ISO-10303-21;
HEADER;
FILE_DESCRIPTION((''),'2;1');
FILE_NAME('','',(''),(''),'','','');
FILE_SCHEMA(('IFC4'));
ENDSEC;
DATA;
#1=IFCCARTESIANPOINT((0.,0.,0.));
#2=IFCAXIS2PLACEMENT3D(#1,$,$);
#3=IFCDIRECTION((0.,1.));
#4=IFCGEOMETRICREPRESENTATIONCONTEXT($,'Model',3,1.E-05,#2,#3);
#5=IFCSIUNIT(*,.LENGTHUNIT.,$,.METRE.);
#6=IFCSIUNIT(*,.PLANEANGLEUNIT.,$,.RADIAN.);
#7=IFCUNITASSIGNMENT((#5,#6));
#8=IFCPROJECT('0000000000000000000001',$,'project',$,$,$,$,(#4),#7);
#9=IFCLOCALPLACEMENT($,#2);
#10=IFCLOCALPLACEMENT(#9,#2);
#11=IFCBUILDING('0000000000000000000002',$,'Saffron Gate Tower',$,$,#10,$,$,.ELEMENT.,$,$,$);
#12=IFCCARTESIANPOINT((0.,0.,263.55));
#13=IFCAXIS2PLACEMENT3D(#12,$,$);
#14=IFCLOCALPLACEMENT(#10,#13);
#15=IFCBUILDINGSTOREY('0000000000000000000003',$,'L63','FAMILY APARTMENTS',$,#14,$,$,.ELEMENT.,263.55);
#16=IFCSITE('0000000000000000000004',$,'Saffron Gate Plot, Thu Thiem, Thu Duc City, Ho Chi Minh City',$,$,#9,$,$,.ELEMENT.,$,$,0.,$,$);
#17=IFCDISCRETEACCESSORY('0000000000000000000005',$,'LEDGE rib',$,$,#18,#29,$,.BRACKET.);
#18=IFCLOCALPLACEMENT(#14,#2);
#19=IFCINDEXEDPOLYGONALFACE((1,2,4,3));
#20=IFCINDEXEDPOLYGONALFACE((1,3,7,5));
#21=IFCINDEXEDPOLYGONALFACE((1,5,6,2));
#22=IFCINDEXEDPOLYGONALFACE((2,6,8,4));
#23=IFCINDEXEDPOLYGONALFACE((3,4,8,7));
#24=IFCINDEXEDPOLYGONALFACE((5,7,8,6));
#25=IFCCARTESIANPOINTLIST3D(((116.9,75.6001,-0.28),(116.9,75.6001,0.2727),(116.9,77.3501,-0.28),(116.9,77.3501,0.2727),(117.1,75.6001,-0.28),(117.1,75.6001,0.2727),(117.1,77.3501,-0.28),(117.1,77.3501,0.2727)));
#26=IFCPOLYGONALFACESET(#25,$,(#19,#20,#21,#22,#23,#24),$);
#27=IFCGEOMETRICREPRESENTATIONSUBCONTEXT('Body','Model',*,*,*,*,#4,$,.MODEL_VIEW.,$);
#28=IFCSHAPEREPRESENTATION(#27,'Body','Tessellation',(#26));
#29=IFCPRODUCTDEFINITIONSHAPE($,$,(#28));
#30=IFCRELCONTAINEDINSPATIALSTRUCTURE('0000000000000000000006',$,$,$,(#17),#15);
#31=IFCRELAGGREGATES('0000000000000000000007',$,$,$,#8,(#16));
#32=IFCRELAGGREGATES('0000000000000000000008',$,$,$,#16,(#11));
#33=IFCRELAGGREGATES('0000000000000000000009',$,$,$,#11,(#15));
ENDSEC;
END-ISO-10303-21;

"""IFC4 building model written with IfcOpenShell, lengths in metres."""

from ifc_helpers import new_model, si_unit, direction, frame, origin, origin_2d, place, context, subcontext, project, spatial, rectangle, extrude, element, save


model = new_model("IFC4")

# Units and contexts
model_context = context("Model", 3, precision=1e-05, world=origin(), true_north=direction((0.0, 1.0)))
body_context = subcontext(model_context, "Body", "Model", "MODEL_VIEW")
ifc_project = project(units=[si_unit("LENGTHUNIT", "METRE"), si_unit("PLANEANGLEUNIT", "RADIAN")], contexts=[model_context])

# Site, building, storey
site_placement = place(None, origin())
site = spatial("IfcSite", under=ifc_project, at=site_placement, Name="Saffron Gate Plot, Thu Thiem, Thu Duc City, Ho Chi Minh City", CompositionType="ELEMENT", RefElevation=0.0)
building_placement = place(site_placement, origin())
building = spatial("IfcBuilding", under=site, at=building_placement, Name="Saffron Gate Tower", CompositionType="ELEMENT")
storey_placement = place(building_placement, frame((0.0, 0.0, 263.55)))
storey = spatial("IfcBuildingStorey", under=building, at=storey_placement, Name="L63", Description="FAMILY APARTMENTS", CompositionType="ELEMENT", Elevation=263.55)

# Discrete accessory
discrete_accessory_1_placement = place(storey_placement, frame((117.0, 76.4751, -0.28), z_axis=(0.0, 0.0, 1.0), x_axis=(-1.0, 0.0, 0.0)))
element("IfcDiscreteAccessory", 1, at=discrete_accessory_1_placement, inside=storey, Name="LEDGE rib", PredefinedType="BRACKET", context=body_context, shape_type="SweptSolid", body=[
    extrude(rectangle(XDim=0.2, YDim=1.75, at=origin_2d()), origin(), (0.0, 0.0, 1.0), 0.5527),
])

save(model, "model.ifc")
